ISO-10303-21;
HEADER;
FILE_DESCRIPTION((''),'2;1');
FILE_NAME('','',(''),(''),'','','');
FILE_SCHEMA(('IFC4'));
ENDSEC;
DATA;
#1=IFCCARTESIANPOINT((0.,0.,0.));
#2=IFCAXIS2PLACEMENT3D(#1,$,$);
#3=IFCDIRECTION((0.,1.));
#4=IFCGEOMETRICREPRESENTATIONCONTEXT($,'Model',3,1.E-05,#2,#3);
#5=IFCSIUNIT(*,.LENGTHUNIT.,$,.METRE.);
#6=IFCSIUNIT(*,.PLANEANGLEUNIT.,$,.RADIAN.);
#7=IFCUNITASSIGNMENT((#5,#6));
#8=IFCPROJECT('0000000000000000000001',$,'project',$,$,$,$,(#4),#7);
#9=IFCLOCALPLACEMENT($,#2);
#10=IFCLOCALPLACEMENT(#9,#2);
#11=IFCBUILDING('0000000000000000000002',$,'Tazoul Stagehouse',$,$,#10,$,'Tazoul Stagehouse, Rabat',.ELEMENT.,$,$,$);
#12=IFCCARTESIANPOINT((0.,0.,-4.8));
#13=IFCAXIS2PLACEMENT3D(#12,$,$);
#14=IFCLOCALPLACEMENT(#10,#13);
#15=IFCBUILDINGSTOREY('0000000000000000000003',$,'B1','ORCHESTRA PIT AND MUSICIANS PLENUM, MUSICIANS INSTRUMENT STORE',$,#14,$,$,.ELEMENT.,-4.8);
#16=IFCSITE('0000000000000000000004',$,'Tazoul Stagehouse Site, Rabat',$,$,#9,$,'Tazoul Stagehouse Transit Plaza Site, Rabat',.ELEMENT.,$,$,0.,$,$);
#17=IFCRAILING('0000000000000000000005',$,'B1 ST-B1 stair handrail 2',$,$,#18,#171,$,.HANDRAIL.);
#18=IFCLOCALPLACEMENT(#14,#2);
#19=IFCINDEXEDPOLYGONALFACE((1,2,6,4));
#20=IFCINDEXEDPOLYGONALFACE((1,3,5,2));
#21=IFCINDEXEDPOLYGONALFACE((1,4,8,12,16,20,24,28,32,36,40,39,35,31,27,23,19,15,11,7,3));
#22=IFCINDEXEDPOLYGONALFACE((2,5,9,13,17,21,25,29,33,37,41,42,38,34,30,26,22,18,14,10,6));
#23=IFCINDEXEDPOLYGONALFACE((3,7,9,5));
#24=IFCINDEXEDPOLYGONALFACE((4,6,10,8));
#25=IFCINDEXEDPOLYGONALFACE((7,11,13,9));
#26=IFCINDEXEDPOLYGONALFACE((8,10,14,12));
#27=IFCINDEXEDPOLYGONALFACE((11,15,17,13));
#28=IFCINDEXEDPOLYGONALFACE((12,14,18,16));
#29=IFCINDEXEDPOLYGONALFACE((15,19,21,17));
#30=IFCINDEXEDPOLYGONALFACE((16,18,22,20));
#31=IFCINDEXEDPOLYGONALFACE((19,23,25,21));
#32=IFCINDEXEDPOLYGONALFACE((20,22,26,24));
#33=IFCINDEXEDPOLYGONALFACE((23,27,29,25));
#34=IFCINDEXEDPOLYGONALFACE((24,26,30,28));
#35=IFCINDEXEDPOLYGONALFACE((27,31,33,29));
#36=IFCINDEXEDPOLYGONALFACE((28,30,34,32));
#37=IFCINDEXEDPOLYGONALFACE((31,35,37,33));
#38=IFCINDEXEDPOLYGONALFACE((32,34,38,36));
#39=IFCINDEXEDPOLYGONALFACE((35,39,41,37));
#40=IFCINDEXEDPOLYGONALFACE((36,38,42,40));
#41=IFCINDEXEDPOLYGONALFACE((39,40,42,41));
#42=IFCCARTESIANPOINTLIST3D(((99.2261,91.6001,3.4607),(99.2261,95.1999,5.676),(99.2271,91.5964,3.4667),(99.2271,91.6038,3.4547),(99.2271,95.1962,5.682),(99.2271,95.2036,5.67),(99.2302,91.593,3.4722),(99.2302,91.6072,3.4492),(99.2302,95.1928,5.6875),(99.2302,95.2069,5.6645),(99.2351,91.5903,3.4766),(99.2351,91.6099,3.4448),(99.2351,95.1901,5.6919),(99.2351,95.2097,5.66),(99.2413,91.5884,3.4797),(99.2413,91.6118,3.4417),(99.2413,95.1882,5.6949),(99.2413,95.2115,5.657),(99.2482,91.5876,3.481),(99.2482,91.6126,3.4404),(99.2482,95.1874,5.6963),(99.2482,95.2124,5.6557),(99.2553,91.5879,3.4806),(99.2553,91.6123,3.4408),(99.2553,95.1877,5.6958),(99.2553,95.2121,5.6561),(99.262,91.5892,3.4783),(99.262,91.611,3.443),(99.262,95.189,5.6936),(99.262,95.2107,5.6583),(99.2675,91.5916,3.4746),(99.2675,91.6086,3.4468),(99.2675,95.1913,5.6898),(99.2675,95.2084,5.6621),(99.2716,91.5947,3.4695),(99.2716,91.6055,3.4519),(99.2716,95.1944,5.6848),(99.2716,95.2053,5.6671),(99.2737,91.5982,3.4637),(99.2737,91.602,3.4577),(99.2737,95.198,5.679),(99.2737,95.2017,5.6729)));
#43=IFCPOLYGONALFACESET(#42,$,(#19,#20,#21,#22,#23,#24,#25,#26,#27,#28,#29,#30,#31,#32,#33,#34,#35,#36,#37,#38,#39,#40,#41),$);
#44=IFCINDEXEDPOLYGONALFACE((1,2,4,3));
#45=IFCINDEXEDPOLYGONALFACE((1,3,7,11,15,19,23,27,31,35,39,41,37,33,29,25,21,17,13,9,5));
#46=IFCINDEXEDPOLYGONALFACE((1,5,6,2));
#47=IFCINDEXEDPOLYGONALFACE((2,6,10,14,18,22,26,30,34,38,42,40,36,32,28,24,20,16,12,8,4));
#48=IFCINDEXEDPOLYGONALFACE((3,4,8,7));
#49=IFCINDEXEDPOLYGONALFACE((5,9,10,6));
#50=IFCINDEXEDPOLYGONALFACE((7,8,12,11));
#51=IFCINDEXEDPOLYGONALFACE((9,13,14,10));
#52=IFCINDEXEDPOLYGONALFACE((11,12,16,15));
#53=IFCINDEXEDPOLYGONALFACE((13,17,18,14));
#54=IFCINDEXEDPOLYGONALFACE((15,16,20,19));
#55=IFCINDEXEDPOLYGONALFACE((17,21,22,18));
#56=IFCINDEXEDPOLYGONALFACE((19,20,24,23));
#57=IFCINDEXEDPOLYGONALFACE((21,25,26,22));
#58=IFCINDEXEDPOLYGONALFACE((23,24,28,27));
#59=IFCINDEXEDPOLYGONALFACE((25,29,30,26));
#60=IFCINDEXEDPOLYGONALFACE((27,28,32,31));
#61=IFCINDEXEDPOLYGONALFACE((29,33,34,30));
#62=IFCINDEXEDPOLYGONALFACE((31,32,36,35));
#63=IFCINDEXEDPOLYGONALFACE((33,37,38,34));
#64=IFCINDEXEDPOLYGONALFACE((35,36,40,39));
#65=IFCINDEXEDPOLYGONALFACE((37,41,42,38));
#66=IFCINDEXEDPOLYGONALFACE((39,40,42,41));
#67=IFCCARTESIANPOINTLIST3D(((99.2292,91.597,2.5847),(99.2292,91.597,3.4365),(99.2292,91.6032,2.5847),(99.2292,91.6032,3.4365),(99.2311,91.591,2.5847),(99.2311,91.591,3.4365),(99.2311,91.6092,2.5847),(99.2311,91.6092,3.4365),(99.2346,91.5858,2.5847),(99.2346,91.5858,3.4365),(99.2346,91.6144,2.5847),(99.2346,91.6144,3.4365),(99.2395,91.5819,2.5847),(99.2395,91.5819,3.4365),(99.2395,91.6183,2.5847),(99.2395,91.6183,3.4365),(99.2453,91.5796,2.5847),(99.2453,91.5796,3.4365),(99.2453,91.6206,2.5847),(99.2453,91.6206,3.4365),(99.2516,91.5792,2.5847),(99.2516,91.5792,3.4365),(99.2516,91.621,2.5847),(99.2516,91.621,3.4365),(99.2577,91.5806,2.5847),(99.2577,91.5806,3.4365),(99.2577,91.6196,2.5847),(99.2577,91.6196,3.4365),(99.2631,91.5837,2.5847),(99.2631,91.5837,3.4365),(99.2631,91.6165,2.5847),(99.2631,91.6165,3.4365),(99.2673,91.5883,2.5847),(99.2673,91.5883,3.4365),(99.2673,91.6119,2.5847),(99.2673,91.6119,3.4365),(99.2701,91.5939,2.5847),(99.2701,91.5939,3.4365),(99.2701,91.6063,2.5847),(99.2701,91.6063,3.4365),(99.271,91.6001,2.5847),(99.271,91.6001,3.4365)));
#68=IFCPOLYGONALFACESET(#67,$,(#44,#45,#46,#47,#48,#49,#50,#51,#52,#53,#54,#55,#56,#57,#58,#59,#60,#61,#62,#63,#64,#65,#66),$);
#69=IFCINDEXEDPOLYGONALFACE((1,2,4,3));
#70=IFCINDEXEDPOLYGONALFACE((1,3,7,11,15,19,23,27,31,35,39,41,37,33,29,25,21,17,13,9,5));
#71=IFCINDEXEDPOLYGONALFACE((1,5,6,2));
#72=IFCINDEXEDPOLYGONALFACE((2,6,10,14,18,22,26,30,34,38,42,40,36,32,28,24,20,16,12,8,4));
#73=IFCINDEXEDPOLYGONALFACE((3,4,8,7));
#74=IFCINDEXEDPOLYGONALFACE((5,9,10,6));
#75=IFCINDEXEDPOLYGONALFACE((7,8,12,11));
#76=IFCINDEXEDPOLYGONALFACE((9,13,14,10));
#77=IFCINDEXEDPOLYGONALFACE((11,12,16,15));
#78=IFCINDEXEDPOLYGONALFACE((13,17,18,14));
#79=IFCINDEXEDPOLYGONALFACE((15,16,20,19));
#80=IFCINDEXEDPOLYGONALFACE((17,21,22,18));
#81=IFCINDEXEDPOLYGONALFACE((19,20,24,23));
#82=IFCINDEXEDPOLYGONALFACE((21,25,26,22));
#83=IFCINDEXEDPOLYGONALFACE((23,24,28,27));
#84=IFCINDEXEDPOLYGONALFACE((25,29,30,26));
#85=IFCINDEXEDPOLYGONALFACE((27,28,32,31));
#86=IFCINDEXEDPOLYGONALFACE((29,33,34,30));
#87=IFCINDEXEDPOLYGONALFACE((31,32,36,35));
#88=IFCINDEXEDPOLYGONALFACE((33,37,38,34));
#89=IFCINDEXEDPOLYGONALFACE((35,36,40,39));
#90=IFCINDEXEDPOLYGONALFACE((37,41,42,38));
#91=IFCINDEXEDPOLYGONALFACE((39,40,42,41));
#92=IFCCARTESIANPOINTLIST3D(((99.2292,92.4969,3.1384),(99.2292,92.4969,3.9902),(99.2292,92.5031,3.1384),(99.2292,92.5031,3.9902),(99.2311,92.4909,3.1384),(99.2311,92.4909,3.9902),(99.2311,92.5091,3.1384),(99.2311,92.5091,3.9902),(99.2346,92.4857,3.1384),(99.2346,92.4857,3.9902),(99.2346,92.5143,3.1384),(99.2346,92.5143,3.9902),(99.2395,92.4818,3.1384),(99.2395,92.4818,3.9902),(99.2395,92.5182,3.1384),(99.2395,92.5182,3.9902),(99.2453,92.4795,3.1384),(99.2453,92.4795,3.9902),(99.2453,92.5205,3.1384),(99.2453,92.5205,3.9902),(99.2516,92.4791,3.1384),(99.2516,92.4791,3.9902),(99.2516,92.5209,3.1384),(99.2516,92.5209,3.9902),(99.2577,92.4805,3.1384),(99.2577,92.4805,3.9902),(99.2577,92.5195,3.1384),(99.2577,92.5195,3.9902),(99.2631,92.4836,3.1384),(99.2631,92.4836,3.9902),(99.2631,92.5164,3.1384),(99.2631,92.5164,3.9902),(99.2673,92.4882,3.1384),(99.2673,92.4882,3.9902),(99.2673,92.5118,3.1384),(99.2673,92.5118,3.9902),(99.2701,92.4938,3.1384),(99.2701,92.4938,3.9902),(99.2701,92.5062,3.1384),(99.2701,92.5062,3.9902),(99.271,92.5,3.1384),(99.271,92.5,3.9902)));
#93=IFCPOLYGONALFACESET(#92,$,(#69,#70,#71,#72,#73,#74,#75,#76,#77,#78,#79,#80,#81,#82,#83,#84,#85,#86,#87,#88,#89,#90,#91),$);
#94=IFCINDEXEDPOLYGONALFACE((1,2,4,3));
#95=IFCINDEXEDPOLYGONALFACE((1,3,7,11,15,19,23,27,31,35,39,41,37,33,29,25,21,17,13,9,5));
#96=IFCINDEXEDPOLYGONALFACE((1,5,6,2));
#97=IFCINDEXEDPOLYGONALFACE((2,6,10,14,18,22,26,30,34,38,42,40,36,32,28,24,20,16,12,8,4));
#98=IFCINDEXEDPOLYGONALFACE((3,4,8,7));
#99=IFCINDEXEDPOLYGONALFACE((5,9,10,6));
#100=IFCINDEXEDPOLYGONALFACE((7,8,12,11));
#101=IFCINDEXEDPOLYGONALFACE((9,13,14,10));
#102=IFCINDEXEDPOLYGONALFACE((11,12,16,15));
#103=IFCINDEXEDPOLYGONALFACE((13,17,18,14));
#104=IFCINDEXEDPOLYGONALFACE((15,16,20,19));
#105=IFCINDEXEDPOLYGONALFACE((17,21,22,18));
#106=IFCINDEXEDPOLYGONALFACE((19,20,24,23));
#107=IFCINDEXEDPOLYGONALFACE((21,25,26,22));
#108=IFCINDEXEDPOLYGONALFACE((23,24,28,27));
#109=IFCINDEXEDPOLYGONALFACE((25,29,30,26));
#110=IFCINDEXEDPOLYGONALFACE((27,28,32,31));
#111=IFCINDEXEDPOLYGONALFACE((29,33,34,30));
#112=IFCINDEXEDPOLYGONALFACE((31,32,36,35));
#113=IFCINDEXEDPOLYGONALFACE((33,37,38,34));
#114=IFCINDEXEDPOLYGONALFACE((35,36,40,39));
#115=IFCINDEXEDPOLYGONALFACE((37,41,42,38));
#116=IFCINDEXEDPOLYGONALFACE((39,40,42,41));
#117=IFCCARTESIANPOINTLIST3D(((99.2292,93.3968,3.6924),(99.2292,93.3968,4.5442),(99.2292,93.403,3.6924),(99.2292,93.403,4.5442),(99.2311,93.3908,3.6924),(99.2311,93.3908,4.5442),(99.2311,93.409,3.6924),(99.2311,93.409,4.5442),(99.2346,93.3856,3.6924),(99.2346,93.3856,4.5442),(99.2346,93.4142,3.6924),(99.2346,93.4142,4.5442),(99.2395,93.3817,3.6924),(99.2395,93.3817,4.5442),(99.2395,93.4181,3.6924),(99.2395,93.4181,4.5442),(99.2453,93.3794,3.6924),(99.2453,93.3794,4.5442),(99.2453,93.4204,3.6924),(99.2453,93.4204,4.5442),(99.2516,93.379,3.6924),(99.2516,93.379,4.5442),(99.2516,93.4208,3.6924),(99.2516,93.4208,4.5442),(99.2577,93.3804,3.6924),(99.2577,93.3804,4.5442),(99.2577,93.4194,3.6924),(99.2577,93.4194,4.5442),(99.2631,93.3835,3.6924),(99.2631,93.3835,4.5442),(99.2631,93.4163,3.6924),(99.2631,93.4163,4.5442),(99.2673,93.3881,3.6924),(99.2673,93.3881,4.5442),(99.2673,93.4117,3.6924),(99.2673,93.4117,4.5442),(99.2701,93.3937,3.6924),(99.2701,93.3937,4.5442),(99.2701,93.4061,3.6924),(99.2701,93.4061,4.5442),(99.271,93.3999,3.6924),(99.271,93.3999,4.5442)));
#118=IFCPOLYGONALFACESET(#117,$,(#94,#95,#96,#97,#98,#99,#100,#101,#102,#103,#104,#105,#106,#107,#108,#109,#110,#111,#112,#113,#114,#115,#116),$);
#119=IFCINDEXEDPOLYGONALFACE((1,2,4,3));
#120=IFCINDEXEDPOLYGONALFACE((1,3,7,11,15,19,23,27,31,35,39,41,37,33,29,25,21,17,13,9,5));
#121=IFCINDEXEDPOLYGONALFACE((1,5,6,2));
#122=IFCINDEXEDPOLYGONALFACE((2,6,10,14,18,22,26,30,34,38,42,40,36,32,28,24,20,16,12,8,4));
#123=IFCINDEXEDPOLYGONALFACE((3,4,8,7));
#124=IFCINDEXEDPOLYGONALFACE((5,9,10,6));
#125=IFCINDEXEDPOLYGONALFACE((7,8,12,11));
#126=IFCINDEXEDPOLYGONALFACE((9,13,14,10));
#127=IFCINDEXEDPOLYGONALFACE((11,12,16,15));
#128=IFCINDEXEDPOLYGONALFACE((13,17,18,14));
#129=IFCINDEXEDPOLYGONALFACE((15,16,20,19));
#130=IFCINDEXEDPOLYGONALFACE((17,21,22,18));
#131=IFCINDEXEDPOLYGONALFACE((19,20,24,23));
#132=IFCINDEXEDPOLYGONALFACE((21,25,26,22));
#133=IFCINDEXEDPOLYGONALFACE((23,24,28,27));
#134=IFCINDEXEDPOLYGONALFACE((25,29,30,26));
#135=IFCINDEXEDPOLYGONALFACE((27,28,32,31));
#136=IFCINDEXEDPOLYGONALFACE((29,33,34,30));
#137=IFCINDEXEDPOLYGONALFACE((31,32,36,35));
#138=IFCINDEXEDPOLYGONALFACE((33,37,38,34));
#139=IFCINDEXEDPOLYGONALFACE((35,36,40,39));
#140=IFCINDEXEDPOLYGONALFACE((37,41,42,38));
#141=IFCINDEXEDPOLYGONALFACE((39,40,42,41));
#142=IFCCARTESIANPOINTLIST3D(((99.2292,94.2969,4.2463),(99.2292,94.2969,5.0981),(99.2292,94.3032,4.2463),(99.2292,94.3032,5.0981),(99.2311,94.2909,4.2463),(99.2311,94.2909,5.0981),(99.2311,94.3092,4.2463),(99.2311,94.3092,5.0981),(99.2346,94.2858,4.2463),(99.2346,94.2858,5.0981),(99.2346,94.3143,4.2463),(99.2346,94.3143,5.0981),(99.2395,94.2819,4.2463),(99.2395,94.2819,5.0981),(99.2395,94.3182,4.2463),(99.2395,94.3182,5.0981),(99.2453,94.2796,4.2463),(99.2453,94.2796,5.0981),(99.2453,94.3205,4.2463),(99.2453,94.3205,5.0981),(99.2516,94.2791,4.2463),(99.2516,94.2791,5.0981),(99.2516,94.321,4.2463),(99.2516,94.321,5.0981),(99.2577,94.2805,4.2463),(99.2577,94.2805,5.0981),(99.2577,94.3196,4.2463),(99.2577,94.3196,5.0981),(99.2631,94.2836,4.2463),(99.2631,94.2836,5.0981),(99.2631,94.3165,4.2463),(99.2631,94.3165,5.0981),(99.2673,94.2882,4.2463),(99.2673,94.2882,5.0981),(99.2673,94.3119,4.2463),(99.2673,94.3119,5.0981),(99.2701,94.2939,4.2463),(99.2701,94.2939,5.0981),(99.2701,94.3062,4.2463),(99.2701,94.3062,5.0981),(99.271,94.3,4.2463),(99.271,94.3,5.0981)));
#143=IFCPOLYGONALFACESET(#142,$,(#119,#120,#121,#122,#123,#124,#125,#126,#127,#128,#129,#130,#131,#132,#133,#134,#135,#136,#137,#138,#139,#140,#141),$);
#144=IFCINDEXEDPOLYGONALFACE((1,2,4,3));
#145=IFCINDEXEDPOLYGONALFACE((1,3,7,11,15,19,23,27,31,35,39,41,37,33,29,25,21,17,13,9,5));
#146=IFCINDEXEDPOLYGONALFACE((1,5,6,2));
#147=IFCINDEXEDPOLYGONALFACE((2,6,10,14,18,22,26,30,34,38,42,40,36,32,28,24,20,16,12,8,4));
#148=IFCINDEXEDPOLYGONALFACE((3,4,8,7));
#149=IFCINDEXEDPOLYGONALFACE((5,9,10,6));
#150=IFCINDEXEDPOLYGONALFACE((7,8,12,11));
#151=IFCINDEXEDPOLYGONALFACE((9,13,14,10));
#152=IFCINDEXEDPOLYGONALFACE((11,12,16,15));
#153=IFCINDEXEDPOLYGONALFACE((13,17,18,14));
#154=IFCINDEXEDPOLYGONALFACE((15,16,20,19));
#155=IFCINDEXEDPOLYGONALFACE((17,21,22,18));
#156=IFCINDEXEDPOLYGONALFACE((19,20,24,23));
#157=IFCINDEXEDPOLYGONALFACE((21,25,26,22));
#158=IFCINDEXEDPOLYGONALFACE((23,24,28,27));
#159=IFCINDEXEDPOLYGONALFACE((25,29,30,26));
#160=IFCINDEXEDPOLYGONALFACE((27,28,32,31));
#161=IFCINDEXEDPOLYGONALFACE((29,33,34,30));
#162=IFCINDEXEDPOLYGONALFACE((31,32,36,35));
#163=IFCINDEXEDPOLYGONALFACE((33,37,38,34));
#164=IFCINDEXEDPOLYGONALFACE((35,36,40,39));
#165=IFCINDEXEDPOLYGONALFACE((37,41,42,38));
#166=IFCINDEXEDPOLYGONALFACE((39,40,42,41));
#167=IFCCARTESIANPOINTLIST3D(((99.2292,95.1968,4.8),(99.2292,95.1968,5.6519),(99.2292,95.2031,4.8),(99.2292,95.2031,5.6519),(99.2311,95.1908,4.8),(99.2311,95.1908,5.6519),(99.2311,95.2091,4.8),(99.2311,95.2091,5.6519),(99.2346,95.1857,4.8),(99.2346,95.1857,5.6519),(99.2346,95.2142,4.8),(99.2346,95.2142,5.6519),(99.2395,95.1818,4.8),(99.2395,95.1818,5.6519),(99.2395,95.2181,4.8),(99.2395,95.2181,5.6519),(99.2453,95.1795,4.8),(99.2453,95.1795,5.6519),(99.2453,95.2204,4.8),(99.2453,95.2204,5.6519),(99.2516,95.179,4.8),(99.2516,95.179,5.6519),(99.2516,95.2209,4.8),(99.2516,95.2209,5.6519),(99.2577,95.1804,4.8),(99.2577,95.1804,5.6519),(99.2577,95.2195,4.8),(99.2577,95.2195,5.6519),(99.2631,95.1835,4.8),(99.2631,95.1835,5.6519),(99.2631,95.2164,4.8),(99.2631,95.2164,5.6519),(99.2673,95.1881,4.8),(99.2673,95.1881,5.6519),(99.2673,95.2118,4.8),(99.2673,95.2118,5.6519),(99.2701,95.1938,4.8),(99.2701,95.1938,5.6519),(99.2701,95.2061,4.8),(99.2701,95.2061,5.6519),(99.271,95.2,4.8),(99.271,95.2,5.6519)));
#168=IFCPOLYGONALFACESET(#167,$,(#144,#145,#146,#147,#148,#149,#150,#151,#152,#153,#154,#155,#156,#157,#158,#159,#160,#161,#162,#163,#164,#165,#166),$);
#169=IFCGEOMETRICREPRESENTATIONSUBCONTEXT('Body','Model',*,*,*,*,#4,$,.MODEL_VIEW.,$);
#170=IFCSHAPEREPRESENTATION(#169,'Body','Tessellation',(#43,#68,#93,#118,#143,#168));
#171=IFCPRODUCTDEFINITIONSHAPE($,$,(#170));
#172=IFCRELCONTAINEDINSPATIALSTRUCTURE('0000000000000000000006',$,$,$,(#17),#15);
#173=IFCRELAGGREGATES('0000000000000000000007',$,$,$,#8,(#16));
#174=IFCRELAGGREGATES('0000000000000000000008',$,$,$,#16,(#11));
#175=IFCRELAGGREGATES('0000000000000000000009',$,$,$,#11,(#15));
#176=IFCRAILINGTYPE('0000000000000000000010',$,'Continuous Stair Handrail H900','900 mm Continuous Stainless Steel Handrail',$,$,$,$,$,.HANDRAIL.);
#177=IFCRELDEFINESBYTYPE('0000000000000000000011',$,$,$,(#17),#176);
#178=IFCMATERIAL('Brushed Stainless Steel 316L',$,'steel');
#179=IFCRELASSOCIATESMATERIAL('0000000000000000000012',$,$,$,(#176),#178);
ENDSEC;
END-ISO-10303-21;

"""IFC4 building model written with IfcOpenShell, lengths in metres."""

from ifc_helpers import new_model, si_unit, direction, frame, origin, origin_2d, place, context, subcontext, project, spatial, circle, extrude, material, material_profile, profile_set, type_object, element, save


model = new_model("IFC4")

# Units and contexts
model_context = context("Model", 3, precision=1e-05, world=origin(), true_north=direction((0.0, 1.0)))
body_context = subcontext(model_context, "Body", "Model", "MODEL_VIEW")
ifc_project = project(units=[si_unit("LENGTHUNIT", "METRE"), si_unit("PLANEANGLEUNIT", "RADIAN")], contexts=[model_context])

# Site, building, storey
site_placement = place(None, origin())
site = spatial("IfcSite", under=ifc_project, at=site_placement, Name="Tazoul Stagehouse Site, Rabat", LongName="Tazoul Stagehouse Transit Plaza Site, Rabat", CompositionType="ELEMENT", RefElevation=0.0)
building_placement = place(site_placement, origin())
building = spatial("IfcBuilding", under=site, at=building_placement, Name="Tazoul Stagehouse", LongName="Tazoul Stagehouse, Rabat", CompositionType="ELEMENT")
storey_placement = place(building_placement, frame((0.0, 0.0, -4.8)))
storey = spatial("IfcBuildingStorey", under=building, at=storey_placement, Name="B1", Description="ORCHESTRA PIT AND MUSICIANS PLENUM, MUSICIANS INSTRUMENT STORE", CompositionType="ELEMENT", Elevation=-4.8)

# Railing
ifc_material_1 = material(Name="Brushed Stainless Steel 316L", Category="steel")
ifc_material_profile_1 = material_profile(ifc_material_1, circle(Radius=0.021, at=origin_2d()), Name="SS HANDRAIL D42")
ifc_profile_set_1 = profile_set([ifc_material_profile_1], Name="Brushed Stainless Steel 316L")
railing_type_1 = type_object("IfcRailingType", Name="Continuous Stair Handrail H900", Description="900 mm Continuous Stainless Steel Handrail", PredefinedType="HANDRAIL", material=ifc_profile_set_1)
railing_1_placement = place(storey_placement, frame((99.25, 91.6001, 2.5847)))
element("IfcRailing", 1, at=railing_1_placement, inside=storey, type_object=railing_type_1, Name="B1 ST-B1 stair handrail 2", PredefinedType="HANDRAIL", context=body_context, shape_type="SweptSolid", body=[
    extrude(circle(Radius=0.0239, at=origin_2d()), frame((0.0, 0.0, 0.876), z_axis=(0.0, 0.851654, 0.524104), x_axis=(-1.0, 0.0, 0.0)), (0.0, 0.0, 1.0), 4.2268),
    extrude(circle(Radius=0.021, at=origin_2d()), origin(), (0.0, 0.0, 1.0), 0.8518),
    extrude(circle(Radius=0.021, at=origin_2d()), frame((0.0, 0.8999, 0.5537)), (0.0, 0.0, 1.0), 0.8518),
    extrude(circle(Radius=0.021, at=origin_2d()), frame((0.0, 1.7998, 1.1077)), (0.0, 0.0, 1.0), 0.8518),
    extrude(circle(Radius=0.021, at=origin_2d()), frame((0.0, 2.7, 1.6616)), (0.0, 0.0, 1.0), 0.8518),
    extrude(circle(Radius=0.021, at=origin_2d()), frame((0.0, 3.5999, 2.2153)), (0.0, 0.0, 1.0), 0.8518),
])

save(model, "model.ifc")
